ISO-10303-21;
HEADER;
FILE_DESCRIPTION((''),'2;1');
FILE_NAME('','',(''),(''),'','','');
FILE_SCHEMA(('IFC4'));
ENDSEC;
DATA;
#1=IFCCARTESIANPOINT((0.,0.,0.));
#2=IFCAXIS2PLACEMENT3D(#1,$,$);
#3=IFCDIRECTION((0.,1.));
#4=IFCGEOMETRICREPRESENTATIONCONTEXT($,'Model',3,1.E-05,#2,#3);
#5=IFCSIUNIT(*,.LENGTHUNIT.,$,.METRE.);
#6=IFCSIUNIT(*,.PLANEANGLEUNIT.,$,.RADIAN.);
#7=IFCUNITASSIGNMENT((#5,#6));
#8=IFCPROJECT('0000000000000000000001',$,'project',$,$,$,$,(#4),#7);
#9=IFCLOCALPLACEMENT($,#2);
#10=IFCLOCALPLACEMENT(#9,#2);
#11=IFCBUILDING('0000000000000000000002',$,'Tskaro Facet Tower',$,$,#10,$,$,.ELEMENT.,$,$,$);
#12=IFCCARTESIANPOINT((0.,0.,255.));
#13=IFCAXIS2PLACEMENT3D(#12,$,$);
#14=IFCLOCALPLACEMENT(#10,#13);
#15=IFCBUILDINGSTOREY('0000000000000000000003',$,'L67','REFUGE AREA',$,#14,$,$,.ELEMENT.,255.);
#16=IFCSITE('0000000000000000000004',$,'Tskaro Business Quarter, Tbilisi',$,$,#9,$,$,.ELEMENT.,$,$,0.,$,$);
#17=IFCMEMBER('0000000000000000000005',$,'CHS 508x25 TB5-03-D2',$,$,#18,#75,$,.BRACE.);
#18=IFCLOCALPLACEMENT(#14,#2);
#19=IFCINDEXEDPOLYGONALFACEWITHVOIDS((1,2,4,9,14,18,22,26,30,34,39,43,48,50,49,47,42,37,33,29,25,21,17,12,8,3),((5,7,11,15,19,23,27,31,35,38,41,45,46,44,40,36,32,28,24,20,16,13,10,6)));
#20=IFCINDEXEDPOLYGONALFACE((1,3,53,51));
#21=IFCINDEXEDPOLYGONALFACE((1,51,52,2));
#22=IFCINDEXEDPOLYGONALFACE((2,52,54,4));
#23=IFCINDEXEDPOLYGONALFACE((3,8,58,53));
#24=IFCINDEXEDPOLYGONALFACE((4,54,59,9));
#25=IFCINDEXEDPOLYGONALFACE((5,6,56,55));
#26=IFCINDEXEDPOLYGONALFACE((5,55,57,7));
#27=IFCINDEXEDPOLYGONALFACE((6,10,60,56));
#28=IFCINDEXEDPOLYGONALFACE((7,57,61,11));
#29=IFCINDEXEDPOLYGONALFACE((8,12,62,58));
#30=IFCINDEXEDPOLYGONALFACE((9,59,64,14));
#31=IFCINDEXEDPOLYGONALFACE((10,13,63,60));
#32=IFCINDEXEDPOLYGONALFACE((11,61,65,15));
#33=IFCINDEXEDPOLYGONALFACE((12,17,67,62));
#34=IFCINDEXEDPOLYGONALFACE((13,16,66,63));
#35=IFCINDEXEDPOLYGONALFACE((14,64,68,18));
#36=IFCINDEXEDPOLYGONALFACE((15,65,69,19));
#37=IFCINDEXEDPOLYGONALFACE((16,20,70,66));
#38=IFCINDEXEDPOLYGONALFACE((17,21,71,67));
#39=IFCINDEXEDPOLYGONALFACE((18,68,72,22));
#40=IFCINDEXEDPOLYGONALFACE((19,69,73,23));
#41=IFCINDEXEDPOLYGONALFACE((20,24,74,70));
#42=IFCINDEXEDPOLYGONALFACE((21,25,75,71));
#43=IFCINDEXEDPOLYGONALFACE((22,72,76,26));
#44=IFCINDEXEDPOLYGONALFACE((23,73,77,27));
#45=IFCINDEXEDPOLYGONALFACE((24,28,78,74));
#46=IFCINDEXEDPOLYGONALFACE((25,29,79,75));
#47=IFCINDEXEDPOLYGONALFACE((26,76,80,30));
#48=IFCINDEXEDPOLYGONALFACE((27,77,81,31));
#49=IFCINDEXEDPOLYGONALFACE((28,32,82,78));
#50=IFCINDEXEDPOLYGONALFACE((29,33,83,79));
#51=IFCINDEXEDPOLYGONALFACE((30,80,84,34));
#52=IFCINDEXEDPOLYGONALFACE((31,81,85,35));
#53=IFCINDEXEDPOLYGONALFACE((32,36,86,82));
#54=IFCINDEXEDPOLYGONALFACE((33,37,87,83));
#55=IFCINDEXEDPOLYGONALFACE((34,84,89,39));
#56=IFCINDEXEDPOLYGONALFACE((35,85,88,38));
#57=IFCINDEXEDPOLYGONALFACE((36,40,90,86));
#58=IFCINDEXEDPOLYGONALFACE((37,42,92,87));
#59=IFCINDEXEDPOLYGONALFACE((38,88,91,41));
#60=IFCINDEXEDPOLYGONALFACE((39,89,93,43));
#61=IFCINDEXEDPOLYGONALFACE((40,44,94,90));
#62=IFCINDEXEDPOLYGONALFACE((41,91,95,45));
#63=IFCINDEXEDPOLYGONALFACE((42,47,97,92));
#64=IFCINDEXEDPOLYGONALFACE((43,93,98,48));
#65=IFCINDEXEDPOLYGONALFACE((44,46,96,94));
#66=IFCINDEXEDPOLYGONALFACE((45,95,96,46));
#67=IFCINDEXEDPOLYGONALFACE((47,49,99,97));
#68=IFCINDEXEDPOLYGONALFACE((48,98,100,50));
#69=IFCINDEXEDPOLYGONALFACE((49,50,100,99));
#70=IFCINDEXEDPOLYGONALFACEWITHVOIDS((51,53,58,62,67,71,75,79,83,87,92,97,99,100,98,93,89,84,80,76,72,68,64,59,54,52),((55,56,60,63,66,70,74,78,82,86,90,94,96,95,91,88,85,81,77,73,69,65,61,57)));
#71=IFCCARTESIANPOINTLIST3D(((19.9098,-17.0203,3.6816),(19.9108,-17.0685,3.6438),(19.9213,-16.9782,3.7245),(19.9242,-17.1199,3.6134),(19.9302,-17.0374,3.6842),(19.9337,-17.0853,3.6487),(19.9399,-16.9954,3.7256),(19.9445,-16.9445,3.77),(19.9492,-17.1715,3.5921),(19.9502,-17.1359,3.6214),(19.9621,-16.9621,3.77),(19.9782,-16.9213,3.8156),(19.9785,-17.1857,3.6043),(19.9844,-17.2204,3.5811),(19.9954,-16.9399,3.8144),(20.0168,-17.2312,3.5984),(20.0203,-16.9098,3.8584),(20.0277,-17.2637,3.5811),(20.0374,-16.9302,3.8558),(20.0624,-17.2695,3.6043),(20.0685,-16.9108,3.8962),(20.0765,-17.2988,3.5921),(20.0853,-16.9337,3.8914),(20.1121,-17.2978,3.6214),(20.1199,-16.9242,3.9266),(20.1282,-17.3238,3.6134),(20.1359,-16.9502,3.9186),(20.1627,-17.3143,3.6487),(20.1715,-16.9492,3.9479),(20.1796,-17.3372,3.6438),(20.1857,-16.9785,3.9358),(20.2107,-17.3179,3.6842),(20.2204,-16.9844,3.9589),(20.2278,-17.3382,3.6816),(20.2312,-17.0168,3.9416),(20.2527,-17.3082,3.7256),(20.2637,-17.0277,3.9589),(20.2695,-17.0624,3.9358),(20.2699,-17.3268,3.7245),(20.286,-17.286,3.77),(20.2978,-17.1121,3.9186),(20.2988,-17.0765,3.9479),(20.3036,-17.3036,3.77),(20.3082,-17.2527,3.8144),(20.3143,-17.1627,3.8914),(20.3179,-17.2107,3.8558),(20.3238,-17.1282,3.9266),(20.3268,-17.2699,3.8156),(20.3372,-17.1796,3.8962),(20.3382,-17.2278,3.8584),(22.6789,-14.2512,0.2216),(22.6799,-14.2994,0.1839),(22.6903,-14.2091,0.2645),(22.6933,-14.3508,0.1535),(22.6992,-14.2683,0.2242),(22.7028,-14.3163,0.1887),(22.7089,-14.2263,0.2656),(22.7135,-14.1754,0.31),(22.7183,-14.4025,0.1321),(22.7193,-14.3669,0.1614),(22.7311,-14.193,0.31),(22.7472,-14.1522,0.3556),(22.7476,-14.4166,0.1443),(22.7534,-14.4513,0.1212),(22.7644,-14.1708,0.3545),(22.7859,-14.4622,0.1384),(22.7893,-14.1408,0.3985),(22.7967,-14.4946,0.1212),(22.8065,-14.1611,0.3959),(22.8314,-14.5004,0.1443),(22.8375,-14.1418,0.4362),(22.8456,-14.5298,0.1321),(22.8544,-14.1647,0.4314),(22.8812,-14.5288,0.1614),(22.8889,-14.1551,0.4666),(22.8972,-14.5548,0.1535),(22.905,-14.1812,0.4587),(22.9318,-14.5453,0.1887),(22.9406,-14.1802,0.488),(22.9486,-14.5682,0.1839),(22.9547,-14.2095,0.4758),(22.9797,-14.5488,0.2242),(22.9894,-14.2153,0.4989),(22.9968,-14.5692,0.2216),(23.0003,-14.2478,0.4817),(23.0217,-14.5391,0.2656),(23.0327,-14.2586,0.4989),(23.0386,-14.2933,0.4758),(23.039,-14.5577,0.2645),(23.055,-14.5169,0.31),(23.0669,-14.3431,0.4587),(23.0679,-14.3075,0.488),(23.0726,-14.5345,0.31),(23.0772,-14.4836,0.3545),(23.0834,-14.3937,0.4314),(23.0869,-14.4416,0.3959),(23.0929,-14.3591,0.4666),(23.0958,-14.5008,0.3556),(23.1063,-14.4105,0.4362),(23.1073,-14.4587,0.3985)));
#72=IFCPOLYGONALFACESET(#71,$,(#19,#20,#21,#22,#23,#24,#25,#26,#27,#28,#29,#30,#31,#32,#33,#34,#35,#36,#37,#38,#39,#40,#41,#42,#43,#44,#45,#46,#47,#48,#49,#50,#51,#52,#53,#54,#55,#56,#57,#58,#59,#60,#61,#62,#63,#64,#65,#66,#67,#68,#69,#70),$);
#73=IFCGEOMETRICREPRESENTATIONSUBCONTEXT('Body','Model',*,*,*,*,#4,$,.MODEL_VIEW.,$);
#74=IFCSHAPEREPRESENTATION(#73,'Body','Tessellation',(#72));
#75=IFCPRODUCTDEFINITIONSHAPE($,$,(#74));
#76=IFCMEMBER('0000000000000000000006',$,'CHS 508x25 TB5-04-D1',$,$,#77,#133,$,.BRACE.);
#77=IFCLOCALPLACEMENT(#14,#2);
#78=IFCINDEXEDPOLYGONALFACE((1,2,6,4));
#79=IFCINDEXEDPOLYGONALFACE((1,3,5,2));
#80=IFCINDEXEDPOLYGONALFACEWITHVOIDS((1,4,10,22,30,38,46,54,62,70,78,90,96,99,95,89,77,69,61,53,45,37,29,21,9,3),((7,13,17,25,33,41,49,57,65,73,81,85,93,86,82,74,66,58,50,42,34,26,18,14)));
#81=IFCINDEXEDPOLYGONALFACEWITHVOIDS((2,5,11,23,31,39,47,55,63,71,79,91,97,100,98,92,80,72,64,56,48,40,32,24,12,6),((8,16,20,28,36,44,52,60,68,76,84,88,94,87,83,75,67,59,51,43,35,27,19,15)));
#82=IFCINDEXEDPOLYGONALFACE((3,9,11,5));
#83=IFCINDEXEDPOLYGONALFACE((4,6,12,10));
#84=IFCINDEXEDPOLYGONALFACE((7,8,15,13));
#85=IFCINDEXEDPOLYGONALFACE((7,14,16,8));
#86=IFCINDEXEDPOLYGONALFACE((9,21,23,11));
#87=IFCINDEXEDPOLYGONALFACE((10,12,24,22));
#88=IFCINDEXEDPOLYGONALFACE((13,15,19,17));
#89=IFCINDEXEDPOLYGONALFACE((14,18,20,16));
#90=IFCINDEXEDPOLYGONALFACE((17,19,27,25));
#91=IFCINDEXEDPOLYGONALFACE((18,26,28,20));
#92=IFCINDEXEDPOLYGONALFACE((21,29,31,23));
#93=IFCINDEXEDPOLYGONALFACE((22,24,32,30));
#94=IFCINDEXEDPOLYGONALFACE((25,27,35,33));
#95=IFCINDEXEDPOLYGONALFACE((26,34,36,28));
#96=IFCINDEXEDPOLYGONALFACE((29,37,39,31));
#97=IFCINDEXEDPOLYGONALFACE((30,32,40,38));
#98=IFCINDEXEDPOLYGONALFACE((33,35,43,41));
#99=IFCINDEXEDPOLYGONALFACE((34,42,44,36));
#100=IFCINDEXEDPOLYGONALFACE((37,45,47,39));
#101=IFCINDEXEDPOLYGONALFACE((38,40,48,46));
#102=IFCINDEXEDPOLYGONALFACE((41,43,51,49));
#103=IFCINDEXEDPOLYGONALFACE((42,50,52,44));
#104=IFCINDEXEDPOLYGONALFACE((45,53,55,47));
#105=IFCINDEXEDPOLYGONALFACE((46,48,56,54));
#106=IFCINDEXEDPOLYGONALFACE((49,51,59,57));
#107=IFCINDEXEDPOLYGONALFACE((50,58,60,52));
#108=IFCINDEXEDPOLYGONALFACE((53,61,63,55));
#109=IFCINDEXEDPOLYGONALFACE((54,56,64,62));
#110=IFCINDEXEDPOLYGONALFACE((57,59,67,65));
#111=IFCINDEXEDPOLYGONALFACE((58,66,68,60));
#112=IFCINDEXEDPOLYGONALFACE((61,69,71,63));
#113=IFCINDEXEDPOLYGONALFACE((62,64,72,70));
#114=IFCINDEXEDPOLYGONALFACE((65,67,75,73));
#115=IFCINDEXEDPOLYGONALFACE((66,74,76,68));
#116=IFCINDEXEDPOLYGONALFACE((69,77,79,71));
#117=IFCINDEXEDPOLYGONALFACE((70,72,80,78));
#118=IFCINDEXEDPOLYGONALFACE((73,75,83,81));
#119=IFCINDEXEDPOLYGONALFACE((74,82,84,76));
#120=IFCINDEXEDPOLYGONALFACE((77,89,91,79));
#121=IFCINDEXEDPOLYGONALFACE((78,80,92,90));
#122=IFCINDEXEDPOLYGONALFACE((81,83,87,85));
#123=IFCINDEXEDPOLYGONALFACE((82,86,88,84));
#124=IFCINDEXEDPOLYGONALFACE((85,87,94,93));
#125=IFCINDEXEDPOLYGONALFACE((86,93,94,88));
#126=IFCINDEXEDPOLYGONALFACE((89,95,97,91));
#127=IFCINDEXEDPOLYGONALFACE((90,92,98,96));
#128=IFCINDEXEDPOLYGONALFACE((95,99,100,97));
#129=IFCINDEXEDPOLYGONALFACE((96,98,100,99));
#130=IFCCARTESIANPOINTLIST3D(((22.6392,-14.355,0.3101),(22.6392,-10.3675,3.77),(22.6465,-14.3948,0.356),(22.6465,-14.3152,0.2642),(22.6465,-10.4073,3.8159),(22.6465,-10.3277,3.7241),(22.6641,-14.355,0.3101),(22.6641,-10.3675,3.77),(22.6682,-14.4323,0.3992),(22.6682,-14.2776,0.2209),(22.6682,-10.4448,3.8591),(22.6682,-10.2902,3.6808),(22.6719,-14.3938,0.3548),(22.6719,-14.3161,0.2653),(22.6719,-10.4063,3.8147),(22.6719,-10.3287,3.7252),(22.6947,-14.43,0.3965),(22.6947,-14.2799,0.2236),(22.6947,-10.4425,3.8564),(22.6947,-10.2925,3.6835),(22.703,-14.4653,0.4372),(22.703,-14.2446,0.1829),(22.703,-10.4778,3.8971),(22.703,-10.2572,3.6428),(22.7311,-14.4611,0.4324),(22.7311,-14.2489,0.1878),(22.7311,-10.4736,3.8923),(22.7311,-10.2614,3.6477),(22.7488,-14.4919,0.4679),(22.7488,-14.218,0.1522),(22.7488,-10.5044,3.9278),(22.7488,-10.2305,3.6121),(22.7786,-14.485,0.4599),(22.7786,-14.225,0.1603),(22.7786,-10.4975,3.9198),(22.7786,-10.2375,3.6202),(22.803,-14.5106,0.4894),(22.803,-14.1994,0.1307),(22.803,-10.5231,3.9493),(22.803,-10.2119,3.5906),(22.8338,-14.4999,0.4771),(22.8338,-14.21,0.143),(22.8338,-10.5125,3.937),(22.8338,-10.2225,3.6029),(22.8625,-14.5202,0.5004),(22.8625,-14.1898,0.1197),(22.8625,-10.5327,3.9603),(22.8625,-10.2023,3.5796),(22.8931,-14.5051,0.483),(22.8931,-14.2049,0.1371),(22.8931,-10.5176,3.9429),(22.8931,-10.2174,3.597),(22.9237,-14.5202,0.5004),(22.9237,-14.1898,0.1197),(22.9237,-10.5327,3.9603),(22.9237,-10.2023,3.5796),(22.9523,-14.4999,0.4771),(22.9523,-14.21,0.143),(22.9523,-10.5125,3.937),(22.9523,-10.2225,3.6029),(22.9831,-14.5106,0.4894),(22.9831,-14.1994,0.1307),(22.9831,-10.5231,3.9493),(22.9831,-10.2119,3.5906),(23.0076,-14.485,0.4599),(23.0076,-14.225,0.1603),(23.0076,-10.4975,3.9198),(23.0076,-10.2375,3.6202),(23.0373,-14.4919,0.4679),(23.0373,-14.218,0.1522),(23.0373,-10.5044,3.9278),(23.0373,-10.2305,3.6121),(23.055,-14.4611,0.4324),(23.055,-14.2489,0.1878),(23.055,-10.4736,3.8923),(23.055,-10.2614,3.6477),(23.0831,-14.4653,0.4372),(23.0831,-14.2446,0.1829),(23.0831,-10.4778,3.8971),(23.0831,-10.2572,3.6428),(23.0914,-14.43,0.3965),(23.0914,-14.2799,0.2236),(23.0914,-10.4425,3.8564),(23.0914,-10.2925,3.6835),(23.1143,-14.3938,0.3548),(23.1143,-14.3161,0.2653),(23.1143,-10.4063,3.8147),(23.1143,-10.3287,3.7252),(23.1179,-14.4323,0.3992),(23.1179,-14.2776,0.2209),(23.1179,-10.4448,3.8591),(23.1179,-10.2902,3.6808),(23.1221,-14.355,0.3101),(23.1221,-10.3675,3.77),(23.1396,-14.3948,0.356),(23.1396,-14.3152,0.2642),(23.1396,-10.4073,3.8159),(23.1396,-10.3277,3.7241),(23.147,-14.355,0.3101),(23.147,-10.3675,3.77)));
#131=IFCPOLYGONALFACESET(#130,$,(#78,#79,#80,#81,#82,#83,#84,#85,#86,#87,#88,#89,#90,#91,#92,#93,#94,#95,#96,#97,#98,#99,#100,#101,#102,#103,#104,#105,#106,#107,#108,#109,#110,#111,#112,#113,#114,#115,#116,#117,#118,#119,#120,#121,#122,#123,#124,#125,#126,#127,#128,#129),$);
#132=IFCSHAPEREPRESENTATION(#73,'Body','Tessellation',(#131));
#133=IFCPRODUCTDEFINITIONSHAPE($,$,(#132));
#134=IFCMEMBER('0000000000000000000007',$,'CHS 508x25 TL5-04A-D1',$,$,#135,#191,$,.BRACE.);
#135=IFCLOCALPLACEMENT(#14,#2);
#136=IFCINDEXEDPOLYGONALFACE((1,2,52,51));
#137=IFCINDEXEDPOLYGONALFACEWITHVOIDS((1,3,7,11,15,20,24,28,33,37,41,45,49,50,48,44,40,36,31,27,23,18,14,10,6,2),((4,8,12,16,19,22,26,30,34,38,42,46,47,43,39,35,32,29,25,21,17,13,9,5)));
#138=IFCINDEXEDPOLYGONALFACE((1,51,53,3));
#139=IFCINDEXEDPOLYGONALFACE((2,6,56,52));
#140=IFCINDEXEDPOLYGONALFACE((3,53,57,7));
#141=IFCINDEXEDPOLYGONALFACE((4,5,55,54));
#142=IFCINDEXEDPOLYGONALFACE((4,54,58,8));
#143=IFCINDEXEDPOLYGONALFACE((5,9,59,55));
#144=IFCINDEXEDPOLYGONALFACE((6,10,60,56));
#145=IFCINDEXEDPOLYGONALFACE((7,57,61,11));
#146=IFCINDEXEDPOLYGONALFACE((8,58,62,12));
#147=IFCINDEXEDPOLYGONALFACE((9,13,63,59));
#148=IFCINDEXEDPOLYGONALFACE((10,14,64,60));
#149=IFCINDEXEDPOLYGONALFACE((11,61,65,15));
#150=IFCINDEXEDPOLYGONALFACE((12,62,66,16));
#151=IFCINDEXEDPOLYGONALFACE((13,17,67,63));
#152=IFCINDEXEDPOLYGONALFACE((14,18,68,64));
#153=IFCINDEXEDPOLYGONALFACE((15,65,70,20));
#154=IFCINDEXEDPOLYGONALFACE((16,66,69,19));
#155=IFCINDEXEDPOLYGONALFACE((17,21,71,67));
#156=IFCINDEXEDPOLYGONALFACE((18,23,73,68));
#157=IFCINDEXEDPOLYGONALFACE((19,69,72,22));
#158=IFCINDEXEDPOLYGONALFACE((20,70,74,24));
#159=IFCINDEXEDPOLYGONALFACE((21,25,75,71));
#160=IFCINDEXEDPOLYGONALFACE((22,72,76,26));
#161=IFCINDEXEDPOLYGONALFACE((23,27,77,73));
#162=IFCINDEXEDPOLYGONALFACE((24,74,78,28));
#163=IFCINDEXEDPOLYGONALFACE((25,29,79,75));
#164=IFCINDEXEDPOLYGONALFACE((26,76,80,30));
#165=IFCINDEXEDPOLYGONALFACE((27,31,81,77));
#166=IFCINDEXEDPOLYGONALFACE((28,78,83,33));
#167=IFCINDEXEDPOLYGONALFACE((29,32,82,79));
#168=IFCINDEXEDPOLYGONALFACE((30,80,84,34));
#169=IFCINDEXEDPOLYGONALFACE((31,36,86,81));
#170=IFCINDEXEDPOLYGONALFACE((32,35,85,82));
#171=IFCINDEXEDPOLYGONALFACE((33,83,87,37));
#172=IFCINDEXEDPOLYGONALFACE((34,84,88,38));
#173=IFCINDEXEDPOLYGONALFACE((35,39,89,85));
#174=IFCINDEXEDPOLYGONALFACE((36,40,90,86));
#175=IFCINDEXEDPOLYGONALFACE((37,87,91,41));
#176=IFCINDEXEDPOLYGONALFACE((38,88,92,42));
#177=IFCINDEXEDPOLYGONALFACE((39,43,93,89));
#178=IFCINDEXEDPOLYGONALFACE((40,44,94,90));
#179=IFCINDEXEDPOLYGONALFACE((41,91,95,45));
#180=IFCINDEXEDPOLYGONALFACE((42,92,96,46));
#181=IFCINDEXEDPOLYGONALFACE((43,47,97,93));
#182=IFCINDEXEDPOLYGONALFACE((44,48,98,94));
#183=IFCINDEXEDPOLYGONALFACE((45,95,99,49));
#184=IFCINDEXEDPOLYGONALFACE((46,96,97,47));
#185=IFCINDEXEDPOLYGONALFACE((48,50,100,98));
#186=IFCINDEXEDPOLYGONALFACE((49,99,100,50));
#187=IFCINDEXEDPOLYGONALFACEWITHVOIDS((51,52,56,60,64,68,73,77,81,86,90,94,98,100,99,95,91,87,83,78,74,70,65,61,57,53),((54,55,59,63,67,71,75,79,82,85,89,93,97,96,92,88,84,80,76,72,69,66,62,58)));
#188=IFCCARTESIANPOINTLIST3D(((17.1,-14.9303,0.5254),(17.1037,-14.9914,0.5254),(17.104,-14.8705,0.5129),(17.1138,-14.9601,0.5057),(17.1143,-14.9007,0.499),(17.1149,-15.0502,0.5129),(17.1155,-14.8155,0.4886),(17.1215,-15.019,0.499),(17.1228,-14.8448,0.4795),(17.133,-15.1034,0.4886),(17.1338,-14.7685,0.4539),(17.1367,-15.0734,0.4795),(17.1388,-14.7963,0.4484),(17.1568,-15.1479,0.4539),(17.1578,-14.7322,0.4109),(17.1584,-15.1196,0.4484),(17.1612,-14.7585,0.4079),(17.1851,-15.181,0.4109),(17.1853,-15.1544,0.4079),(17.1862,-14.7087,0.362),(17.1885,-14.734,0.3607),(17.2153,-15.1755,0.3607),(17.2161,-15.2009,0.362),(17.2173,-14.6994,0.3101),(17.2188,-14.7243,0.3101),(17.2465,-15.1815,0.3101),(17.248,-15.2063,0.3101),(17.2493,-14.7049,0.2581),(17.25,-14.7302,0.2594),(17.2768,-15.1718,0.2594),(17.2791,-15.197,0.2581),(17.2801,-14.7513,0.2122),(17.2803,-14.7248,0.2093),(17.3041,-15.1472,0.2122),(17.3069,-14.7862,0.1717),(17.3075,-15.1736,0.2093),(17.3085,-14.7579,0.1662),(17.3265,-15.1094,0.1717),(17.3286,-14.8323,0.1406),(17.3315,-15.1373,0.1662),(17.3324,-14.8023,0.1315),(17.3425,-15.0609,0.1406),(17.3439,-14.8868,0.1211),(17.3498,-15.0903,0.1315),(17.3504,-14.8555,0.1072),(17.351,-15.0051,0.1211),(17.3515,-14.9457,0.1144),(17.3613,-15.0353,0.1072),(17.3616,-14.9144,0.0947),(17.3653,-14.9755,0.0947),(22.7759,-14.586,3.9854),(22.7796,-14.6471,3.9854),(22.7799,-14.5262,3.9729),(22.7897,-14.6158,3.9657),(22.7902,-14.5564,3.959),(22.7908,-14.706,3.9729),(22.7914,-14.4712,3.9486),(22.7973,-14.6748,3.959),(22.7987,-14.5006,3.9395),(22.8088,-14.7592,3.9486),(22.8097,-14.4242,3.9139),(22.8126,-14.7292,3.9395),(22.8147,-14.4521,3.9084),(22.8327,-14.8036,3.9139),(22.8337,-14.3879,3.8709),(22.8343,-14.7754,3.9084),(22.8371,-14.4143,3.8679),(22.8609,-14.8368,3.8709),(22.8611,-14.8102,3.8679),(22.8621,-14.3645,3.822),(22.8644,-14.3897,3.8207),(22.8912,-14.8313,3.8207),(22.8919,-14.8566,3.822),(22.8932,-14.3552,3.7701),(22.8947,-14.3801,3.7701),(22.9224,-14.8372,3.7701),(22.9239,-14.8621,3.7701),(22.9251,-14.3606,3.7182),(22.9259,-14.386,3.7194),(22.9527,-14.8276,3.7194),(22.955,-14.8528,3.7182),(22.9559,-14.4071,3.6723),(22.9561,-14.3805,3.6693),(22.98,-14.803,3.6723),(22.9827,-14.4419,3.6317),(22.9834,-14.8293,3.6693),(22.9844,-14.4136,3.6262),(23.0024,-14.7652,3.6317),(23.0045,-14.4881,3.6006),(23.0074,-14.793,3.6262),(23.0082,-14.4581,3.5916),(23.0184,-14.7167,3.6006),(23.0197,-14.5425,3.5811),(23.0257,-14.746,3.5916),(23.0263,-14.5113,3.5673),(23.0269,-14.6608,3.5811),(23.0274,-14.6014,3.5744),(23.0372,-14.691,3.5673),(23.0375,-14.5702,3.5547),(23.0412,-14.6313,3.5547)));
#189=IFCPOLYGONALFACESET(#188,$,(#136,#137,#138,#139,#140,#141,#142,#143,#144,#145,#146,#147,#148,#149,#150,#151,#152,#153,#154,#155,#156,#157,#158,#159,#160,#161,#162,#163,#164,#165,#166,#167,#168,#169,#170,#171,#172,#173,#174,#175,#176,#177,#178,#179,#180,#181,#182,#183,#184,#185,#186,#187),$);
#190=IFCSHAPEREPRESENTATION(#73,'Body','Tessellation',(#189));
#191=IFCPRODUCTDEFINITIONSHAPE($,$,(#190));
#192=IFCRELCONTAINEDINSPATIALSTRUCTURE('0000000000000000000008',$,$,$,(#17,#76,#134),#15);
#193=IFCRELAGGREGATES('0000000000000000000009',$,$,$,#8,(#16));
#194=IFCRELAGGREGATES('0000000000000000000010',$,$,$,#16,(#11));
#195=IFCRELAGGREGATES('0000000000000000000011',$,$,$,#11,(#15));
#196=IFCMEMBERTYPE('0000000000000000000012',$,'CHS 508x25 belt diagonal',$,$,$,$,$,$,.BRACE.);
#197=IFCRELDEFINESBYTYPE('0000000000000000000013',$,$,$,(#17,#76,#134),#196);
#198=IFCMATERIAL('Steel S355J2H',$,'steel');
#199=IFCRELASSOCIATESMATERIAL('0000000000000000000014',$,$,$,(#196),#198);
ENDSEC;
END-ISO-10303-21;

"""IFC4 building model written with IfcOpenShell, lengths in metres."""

from ifc_helpers import new_model, si_unit, direction, frame, origin, origin_2d, place, context, subcontext, project, spatial, hollow_circle, extrude, material, material_profile, profile_set, type_object, element, save


model = new_model("IFC4")

# Units and contexts
model_context = context("Model", 3, precision=1e-05, world=origin(), true_north=direction((0.0, 1.0)))
body_context = subcontext(model_context, "Body", "Model", "MODEL_VIEW")
ifc_project = project(units=[si_unit("LENGTHUNIT", "METRE"), si_unit("PLANEANGLEUNIT", "RADIAN")], contexts=[model_context])

# Site, building, storey
site_placement = place(None, origin())
site = spatial("IfcSite", under=ifc_project, at=site_placement, Name="Tskaro Business Quarter, Tbilisi", CompositionType="ELEMENT", RefElevation=0.0)
building_placement = place(site_placement, origin())
building = spatial("IfcBuilding", under=site, at=building_placement, Name="Tskaro Facet Tower", CompositionType="ELEMENT")
storey_placement = place(building_placement, frame((0.0, 0.0, 255.0)))
storey = spatial("IfcBuildingStorey", under=building, at=storey_placement, Name="L67", Description="REFUGE AREA", CompositionType="ELEMENT", Elevation=255.0)

# Shared definitions
ifc_material_1 = material(Name="Steel S355J2H", Category="steel")

# Members
ifc_material_profile_1 = material_profile(ifc_material_1, hollow_circle(Radius=0.2539, WallThickness=0.0249, at=origin_2d()), Name="CHS 508x25")
ifc_profile_set_1 = profile_set([ifc_material_profile_1], Name="Steel S355J2H")
member_type_1 = type_object("IfcMemberType", Name="CHS 508x25 belt diagonal", PredefinedType="BRACE", material=ifc_profile_set_1)
for number, where, z_axis, x_axis, name in (
    (1, (20.124, -17.124, 3.77), (0.529903, 0.529903, -0.662122), (-0.707107, 0.707107, 0.0), "CHS 508x25 TB5-03-D2"),
):
    element("IfcMember", number, at=place(storey_placement, frame(where, z_axis=z_axis, x_axis=x_axis)), inside=storey, type_object=member_type_1, Name=name, PredefinedType="BRACE", context=body_context, shape_type="SweptSolid", body=[
        extrude(hollow_circle(Radius=0.2539, WallThickness=0.0249, at=origin_2d()), origin(), (0.0, 0.0, 1.0), 5.2256),
    ])
member_1_placement = place(storey_placement, frame((22.8931, -14.355, 0.3101), z_axis=(0.0, 0.755306, 0.655372), x_axis=(-1.0, 0.0, 0.0)))
element("IfcMember", 2, at=member_1_placement, inside=storey, type_object=member_type_1, Name="CHS 508x25 TB5-04-D1", PredefinedType="BRACE", context=body_context, shape_type="SweptSolid", body=[
    extrude(hollow_circle(Radius=0.2539, WallThickness=0.0249, at=origin_2d()), origin(), (0.0, 0.0, 1.0), 5.2793),
])
for number, where, z_axis, x_axis, name in (
    (3, (17.2327, -14.9529, 0.3101), (0.852712, 0.051717, 0.519814), (-0.060539, 0.998166, 0.0), "CHS 508x25 TL5-04A-D1"),
):
    element("IfcMember", number, at=place(storey_placement, frame(where, z_axis=z_axis, x_axis=x_axis)), inside=storey, type_object=member_type_1, Name=name, PredefinedType="BRACE", context=body_context, shape_type="SweptSolid", body=[
        extrude(hollow_circle(Radius=0.2539, WallThickness=0.0249, at=origin_2d()), origin(), (0.0, 0.0, 1.0), 6.6562),
    ])

save(model, "model.ifc")
